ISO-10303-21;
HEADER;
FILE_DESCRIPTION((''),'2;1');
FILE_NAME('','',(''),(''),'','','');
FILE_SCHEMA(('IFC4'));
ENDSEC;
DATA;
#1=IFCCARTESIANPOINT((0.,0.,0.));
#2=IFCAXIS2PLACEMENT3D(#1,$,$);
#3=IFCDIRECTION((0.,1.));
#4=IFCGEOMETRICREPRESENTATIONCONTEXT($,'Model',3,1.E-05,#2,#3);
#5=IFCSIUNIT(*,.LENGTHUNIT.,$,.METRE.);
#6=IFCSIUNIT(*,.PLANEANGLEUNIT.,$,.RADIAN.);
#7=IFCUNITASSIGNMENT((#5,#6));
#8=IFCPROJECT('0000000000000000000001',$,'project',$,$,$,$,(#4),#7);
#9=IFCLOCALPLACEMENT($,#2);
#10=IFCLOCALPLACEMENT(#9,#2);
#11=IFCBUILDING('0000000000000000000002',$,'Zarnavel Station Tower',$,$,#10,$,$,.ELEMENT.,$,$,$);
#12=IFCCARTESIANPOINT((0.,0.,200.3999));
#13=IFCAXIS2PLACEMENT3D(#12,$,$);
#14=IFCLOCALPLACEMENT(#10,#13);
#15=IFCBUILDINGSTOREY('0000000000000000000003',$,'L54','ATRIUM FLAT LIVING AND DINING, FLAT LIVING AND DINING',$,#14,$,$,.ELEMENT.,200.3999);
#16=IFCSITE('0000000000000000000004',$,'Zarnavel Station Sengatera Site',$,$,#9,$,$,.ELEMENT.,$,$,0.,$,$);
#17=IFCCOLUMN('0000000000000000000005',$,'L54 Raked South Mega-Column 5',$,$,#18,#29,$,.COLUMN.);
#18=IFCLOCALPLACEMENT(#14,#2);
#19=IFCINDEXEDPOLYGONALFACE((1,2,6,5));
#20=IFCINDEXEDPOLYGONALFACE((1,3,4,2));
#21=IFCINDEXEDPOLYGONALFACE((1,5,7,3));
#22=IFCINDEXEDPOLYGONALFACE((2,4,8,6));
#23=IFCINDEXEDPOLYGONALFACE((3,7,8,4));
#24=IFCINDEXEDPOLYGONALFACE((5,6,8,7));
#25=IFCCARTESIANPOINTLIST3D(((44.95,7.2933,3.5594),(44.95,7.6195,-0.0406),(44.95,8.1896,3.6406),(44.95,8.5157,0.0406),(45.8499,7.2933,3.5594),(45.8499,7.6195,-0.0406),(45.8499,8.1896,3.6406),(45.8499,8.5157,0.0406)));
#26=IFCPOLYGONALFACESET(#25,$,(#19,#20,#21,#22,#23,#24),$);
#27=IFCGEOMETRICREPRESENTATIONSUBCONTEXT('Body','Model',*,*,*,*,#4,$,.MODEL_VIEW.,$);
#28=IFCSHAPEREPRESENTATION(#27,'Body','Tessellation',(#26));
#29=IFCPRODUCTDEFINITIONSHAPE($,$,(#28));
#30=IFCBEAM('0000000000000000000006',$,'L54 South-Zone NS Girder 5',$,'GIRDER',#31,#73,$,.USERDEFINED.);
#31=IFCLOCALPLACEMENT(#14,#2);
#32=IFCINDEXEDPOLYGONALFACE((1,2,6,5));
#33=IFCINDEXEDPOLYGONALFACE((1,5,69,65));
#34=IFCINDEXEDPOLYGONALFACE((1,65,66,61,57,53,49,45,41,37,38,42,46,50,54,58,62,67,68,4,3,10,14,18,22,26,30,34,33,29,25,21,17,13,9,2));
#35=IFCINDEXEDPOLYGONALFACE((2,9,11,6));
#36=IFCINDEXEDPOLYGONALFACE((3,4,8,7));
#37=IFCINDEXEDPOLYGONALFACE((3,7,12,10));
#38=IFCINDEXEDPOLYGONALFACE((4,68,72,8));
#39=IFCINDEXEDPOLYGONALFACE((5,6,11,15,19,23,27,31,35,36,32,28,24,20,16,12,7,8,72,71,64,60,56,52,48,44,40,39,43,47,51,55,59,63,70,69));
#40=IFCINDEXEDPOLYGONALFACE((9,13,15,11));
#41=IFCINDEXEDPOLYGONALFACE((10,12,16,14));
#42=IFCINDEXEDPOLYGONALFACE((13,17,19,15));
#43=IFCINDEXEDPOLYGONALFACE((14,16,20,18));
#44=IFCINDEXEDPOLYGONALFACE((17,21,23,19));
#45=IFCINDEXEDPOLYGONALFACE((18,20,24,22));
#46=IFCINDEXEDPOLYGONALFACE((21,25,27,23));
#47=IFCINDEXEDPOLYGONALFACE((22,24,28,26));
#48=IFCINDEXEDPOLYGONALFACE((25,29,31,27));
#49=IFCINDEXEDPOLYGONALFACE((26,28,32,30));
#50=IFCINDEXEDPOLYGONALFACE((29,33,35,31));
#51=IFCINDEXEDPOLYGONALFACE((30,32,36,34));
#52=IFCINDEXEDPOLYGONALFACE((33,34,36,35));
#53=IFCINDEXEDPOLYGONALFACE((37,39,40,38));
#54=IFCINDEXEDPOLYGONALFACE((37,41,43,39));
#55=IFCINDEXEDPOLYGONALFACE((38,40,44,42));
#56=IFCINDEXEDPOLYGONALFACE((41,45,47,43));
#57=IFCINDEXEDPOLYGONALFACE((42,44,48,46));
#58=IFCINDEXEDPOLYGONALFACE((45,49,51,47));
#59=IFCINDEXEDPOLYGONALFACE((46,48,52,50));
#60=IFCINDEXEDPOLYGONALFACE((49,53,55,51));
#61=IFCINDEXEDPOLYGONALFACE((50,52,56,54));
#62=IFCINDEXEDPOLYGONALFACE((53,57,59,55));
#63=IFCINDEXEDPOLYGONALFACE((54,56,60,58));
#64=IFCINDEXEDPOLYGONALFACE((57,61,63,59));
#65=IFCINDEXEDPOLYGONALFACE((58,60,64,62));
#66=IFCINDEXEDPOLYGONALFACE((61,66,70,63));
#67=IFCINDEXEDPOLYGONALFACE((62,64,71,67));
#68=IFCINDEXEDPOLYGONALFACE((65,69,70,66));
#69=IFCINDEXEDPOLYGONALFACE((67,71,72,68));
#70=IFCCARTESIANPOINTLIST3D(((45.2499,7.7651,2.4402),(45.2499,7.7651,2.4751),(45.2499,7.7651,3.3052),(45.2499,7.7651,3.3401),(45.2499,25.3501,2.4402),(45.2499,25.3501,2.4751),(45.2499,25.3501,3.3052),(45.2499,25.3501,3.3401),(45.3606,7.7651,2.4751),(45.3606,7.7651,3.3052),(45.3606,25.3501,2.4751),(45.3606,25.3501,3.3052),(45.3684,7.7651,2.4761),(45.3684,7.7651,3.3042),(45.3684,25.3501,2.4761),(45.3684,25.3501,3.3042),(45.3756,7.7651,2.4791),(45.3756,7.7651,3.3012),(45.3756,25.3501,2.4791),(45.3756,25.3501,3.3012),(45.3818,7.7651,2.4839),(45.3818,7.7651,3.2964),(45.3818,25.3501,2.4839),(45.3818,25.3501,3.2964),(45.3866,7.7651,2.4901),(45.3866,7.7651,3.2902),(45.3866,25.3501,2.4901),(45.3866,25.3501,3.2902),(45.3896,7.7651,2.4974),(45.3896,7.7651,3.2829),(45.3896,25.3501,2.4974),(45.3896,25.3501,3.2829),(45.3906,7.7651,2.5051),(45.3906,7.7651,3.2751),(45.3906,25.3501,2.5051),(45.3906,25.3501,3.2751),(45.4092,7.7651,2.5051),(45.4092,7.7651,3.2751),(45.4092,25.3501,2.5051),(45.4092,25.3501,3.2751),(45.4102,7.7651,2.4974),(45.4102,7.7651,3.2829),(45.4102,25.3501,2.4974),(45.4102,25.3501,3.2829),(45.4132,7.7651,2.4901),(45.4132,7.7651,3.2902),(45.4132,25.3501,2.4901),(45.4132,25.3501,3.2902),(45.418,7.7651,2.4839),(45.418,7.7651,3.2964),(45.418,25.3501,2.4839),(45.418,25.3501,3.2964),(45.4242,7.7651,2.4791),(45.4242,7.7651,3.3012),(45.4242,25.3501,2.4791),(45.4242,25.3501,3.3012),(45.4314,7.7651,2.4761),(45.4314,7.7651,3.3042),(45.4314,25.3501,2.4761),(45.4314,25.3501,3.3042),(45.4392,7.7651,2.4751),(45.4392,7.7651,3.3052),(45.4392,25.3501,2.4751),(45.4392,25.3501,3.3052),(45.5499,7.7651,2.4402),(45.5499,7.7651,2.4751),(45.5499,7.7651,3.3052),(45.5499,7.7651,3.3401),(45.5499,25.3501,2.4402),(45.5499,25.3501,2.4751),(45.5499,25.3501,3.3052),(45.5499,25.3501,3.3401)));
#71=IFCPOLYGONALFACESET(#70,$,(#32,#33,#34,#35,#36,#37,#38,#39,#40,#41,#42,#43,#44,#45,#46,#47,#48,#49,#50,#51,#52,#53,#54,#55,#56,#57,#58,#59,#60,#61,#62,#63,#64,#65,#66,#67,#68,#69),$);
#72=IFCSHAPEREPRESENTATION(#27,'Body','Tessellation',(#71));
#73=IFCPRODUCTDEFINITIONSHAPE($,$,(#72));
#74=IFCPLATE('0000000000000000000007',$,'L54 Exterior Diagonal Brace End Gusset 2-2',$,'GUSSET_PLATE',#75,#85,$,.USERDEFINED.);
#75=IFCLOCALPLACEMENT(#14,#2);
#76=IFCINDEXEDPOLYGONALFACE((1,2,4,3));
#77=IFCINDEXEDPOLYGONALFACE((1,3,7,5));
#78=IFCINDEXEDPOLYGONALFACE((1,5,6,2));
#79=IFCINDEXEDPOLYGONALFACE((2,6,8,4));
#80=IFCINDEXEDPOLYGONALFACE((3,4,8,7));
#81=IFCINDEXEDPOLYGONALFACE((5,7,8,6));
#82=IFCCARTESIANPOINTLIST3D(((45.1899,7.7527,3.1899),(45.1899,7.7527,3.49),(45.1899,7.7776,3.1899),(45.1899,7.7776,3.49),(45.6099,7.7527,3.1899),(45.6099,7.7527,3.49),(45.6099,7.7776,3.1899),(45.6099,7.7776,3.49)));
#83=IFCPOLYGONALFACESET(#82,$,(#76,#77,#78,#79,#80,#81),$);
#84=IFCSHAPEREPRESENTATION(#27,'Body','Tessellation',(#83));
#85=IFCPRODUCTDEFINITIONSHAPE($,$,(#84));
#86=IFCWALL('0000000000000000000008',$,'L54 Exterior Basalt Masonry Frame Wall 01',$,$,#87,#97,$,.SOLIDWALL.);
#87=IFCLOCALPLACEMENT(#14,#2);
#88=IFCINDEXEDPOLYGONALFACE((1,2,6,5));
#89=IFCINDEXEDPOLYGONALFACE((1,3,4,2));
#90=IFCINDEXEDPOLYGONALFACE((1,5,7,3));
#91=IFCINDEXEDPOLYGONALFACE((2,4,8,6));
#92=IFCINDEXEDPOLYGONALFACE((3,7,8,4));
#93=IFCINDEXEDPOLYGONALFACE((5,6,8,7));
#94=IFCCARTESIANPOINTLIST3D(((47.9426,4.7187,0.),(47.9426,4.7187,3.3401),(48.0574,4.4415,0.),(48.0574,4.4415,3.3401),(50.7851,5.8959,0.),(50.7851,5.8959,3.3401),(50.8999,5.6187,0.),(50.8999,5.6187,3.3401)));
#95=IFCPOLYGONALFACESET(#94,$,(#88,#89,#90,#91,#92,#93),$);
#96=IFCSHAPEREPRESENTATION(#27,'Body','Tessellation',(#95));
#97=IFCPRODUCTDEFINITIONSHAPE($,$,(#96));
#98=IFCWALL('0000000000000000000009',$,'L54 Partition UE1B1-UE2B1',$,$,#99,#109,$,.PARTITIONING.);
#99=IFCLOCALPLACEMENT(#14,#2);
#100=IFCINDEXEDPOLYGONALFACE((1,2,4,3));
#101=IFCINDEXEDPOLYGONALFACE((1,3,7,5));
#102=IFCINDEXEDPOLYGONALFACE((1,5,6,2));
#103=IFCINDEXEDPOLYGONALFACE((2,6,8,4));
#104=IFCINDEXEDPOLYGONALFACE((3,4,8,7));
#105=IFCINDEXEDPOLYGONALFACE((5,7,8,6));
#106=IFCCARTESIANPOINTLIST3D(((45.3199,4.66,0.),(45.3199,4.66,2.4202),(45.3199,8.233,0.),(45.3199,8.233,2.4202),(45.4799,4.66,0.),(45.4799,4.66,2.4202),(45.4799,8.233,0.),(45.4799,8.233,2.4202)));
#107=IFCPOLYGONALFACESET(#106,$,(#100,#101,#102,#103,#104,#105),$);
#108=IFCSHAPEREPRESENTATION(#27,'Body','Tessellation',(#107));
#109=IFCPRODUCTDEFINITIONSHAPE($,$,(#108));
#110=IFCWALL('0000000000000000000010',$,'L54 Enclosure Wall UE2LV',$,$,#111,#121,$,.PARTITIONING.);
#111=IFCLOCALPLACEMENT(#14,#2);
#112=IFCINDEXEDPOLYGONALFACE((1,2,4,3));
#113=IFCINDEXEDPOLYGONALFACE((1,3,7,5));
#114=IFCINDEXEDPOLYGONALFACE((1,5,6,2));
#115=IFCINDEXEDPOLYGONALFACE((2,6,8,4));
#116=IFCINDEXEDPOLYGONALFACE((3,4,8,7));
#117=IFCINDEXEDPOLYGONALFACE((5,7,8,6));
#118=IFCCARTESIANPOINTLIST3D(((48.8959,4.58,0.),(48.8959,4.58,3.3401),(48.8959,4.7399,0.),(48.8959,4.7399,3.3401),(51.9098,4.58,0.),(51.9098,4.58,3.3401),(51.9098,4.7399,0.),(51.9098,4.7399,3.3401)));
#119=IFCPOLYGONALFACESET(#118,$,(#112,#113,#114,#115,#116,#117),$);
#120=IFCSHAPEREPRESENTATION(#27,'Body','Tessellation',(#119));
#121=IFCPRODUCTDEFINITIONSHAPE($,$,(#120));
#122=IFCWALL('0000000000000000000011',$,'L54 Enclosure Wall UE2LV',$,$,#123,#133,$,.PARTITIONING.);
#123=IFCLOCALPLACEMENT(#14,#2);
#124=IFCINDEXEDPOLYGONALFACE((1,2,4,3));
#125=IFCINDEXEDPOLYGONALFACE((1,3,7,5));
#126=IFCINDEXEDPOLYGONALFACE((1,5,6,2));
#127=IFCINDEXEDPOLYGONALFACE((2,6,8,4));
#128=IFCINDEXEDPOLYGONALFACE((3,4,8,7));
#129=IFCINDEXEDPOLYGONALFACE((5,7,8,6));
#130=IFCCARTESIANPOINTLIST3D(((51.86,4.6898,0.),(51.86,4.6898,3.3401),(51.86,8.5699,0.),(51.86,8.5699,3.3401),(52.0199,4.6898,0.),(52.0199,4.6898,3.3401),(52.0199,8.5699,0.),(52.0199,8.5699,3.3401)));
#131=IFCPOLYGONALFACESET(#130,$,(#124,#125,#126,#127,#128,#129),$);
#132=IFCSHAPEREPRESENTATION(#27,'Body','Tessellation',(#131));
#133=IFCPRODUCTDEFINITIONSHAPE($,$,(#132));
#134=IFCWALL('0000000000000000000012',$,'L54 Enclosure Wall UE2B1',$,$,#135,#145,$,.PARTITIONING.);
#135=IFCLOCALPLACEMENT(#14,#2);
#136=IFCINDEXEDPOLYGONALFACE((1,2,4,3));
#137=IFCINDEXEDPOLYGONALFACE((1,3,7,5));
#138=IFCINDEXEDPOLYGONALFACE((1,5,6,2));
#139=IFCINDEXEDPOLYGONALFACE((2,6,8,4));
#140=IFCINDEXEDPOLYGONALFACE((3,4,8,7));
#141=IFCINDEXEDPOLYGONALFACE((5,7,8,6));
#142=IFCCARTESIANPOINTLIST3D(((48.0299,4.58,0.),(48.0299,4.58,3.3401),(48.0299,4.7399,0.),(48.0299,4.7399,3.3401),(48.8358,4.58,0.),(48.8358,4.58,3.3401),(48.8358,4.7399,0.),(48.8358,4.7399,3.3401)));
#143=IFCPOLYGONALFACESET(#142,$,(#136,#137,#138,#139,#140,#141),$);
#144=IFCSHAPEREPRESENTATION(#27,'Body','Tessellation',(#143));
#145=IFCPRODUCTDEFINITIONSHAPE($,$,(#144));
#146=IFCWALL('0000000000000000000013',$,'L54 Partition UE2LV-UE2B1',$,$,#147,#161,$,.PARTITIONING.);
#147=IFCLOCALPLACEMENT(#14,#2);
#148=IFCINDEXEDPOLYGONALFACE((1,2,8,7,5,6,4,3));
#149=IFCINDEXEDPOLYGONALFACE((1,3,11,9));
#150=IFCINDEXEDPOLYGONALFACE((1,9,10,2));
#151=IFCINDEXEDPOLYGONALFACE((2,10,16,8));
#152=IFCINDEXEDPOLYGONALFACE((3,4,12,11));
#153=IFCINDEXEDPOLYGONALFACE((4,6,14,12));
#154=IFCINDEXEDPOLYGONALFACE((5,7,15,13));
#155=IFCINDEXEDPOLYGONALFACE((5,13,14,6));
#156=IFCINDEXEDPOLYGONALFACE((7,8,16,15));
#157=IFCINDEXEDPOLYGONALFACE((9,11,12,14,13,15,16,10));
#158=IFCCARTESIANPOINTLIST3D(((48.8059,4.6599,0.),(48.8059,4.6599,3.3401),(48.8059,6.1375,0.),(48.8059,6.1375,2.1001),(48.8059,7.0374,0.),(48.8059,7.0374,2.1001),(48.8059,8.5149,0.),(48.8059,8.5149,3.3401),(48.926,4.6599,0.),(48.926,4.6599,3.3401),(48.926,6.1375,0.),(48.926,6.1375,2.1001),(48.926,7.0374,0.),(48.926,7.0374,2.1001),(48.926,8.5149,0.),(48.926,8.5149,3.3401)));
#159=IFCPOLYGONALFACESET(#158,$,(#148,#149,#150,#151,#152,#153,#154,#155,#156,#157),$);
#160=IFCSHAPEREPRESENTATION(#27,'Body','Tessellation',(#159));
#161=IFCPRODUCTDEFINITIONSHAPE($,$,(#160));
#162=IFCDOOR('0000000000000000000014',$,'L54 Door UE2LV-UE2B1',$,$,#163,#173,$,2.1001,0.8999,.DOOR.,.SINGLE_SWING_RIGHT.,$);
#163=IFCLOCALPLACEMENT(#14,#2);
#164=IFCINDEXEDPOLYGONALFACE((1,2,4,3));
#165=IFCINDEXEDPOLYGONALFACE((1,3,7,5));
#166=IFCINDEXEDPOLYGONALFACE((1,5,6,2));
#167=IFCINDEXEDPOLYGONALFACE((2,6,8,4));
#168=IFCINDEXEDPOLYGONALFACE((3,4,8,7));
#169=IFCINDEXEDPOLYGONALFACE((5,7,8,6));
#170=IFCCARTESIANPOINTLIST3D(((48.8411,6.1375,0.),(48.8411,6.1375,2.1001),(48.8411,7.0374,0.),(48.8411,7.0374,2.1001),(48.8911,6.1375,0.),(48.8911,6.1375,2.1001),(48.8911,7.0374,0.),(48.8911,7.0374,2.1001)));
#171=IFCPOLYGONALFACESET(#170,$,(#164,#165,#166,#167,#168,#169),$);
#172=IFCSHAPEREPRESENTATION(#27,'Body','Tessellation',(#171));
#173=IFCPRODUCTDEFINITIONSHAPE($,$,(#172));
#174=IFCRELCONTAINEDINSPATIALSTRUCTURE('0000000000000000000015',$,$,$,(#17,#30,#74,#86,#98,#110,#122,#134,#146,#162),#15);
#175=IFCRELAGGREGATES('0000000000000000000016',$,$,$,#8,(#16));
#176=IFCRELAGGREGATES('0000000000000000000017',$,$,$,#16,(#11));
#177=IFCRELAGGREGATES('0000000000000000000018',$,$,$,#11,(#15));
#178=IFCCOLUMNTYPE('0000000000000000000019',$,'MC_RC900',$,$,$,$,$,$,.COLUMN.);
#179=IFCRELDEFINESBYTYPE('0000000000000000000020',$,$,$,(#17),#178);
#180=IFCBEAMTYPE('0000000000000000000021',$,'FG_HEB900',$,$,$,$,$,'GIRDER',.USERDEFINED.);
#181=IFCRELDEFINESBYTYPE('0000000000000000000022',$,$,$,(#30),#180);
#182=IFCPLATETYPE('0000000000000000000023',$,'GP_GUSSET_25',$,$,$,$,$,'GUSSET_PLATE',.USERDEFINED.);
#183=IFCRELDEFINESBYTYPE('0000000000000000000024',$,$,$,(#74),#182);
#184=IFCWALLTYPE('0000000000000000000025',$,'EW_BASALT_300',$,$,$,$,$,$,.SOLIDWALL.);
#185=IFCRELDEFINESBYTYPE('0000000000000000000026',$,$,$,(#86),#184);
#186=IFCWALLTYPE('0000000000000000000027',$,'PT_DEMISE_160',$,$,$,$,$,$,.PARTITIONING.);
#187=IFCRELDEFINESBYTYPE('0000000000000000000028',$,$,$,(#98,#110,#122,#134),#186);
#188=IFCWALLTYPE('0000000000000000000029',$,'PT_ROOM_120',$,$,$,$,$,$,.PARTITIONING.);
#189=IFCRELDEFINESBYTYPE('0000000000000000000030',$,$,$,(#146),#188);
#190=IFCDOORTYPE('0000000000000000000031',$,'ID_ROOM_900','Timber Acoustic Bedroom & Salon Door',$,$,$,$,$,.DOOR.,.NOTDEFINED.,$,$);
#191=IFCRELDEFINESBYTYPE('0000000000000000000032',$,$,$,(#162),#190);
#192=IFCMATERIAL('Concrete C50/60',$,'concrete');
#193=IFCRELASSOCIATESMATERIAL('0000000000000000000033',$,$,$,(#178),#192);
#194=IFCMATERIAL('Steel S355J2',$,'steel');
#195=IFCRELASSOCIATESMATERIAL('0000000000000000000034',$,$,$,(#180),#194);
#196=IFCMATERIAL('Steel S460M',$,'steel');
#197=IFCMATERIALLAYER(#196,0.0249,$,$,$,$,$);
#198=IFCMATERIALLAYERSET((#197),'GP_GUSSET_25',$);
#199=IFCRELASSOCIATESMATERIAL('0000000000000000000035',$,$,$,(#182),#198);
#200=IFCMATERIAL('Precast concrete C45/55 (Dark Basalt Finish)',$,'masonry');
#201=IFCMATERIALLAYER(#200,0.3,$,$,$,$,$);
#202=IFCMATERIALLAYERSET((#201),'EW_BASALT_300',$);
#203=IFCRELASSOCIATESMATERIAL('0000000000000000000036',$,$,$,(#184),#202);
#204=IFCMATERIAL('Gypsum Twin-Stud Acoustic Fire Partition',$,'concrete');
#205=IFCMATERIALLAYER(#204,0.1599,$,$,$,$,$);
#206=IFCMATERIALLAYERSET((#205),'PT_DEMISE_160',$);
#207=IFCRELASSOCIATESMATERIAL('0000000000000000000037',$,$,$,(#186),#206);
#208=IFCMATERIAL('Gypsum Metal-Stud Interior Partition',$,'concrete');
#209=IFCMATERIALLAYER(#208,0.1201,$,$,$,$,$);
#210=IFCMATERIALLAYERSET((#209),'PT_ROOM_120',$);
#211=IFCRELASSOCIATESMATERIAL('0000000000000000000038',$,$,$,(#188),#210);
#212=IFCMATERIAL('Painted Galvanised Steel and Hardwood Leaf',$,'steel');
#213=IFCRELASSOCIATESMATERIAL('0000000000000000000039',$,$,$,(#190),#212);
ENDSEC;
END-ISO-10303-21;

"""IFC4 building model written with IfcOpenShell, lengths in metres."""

from ifc_helpers import new_model, si_unit, direction, frame, frame_2d, origin, origin_2d, place, context, subcontext, project, spatial, rectangle, i_section, extrude, material, layer, layer_set, material_profile, profile_set, type_object, element, fill, save


model = new_model("IFC4")

# Units and contexts
model_context = context("Model", 3, precision=1e-05, world=origin(), true_north=direction((0.0, 1.0)))
body_context = subcontext(model_context, "Body", "Model", "MODEL_VIEW")
ifc_project = project(units=[si_unit("LENGTHUNIT", "METRE"), si_unit("PLANEANGLEUNIT", "RADIAN")], contexts=[model_context])

# Site, building, storey
site_placement = place(None, origin())
site = spatial("IfcSite", under=ifc_project, at=site_placement, Name="Zarnavel Station Sengatera Site", CompositionType="ELEMENT", RefElevation=0.0)
building_placement = place(site_placement, origin())
building = spatial("IfcBuilding", under=site, at=building_placement, Name="Zarnavel Station Tower", CompositionType="ELEMENT")
storey_placement = place(building_placement, frame((0.0, 0.0, 200.3999)))
storey = spatial("IfcBuildingStorey", under=building, at=storey_placement, Name="L54", Description="ATRIUM FLAT LIVING AND DINING, FLAT LIVING AND DINING", CompositionType="ELEMENT", Elevation=200.3999)

# Column
ifc_material_1 = material(Name="Concrete C50/60", Category="concrete")
ifc_material_profile_1 = material_profile(ifc_material_1, rectangle(XDim=0.8999, YDim=0.8999, at=origin_2d()), Name="RC900x900")
ifc_profile_set_1 = profile_set([ifc_material_profile_1], Name="Concrete C50/60")
column_type = type_object("IfcColumnType", Name="MC_RC900", PredefinedType="COLUMN", material=ifc_profile_set_1)
column_placement = place(storey_placement, frame((45.3999, 8.0676, 0.0), z_axis=(0.0, -0.090231, 0.995921), x_axis=(1.0, 0.0, 0.0)))
element("IfcColumn", 1, at=column_placement, inside=storey, type_object=column_type, Name="L54 Raked South Mega-Column 5", PredefinedType="COLUMN", context=body_context, shape_type="SweptSolid", body=[
    extrude(rectangle(XDim=0.8999, YDim=0.8999, at=origin_2d()), origin(), (0.0, 0.0, 1.0), 3.6147),
])

# Beam
ifc_material_2 = material(Name="Steel S355J2", Category="steel")
ifc_material_profile_2 = material_profile(ifc_material_2, i_section(OverallWidth=0.3, OverallDepth=0.8999, WebThickness=0.0186, FlangeThickness=0.0349, FilletRadius=0.03, at=origin_2d()), Name="HEB900")
ifc_profile_set_2 = profile_set([ifc_material_profile_2], Name="Steel S355J2")
beam_type = type_object("IfcBeamType", Name="FG_HEB900", ElementType="GIRDER", PredefinedType="USERDEFINED", material=ifc_profile_set_2)
beam_placement = place(storey_placement, frame((45.3999, 7.7651, 2.8901), z_axis=(0.0, 1.0, 0.0), x_axis=(-1.0, 0.0, 0.0)))
element("IfcBeam", 2, at=beam_placement, inside=storey, type_object=beam_type, Name="L54 South-Zone NS Girder 5", ObjectType="GIRDER", PredefinedType="USERDEFINED", context=body_context, shape_type="SweptSolid", body=[
    extrude(i_section(OverallWidth=0.3, OverallDepth=0.8999, WebThickness=0.0186, FlangeThickness=0.0349, FilletRadius=0.03, at=origin_2d()), origin(), (0.0, 0.0, 1.0), 17.585),
])

# Plate
ifc_material_3 = material(Name="Steel S460M", Category="steel")
ifc_layer_1 = layer(ifc_material_3, 0.0249)
ifc_layer_set_1 = layer_set([ifc_layer_1], Name="GP_GUSSET_25")
plate_type = type_object("IfcPlateType", Name="GP_GUSSET_25", ElementType="GUSSET_PLATE", PredefinedType="USERDEFINED", material=ifc_layer_set_1)
plate_placement = place(storey_placement, frame((45.3999, 7.7651, 3.1899), z_axis=(0.0, 0.0, 1.0), x_axis=(1.0, 0.0, 0.0)))
element("IfcPlate", 3, at=plate_placement, inside=storey, type_object=plate_type, Name="L54 Exterior Diagonal Brace End Gusset 2-2", ObjectType="GUSSET_PLATE", PredefinedType="USERDEFINED", context=body_context, shape_type="SweptSolid", body=[
    extrude(rectangle(XDim=0.4199, YDim=0.0249, at=origin_2d()), origin(), (0.0, 0.0, 1.0), 0.3),
])

# Wall
ifc_material_4 = material(Name="Precast concrete C45/55 (Dark Basalt Finish)", Category="masonry")
ifc_layer_2 = layer(ifc_material_4, 0.3)
ifc_layer_set_2 = layer_set([ifc_layer_2], Name="EW_BASALT_300")
wall_type_1 = type_object("IfcWallType", Name="EW_BASALT_300", PredefinedType="SOLIDWALL", material=ifc_layer_set_2)
wall_1_placement = place(storey_placement, frame((50.8425, 5.7573, 0.0), z_axis=(0.0, 0.0, 1.0), x_axis=(-0.923899, -0.382637, 0.0)))
element("IfcWall", 4, at=wall_1_placement, inside=storey, type_object=wall_type_1, Name="L54 Exterior Basalt Masonry Frame Wall 01", PredefinedType="SOLIDWALL", context=body_context, shape_type="SweptSolid", body=[
    extrude(rectangle(XDim=3.0767, YDim=0.3, at=frame_2d((1.5383, 0.0))), origin(), (0.0, 0.0, 1.0), 3.3401),
])

# Walls
ifc_material_5 = material(Name="Gypsum Twin-Stud Acoustic Fire Partition", Category="concrete")
ifc_layer_3 = layer(ifc_material_5, 0.1599)
ifc_layer_set_3 = layer_set([ifc_layer_3], Name="PT_DEMISE_160")
wall_type_2 = type_object("IfcWallType", Name="PT_DEMISE_160", PredefinedType="PARTITIONING", material=ifc_layer_set_3)
wall_2_placement = place(storey_placement, frame((45.3999, 4.6599, 0.0), z_axis=(0.0, 0.0, 1.0), x_axis=(0.0, 1.0, 0.0)))
element("IfcWall", 5, at=wall_2_placement, inside=storey, type_object=wall_type_2, Name="L54 Partition UE1B1-UE2B1", PredefinedType="PARTITIONING", context=body_context, shape_type="SweptSolid", body=[
    extrude(rectangle(XDim=3.573, YDim=0.1599, at=frame_2d((1.7866, 0.0))), origin(), (0.0, 0.0, 1.0), 2.4202),
])
wall_3_placement = place(storey_placement, frame((48.896, 4.6599, 0.0), z_axis=(0.0, 0.0, 1.0), x_axis=(1.0, 0.0, 0.0)))
element("IfcWall", 6, at=wall_3_placement, inside=storey, type_object=wall_type_2, Name="L54 Enclosure Wall UE2LV", PredefinedType="PARTITIONING", context=body_context, shape_type="SweptSolid", body=[
    extrude(rectangle(XDim=3.0139, YDim=0.1599, at=frame_2d((1.5068, 0.0))), origin(), (0.0, 0.0, 1.0), 3.3401),
])
wall_4_placement = place(storey_placement, frame((51.9399, 4.6899, 0.0), z_axis=(0.0, 0.0, 1.0), x_axis=(0.0, 1.0, 0.0)))
element("IfcWall", 7, at=wall_4_placement, inside=storey, type_object=wall_type_2, Name="L54 Enclosure Wall UE2LV", PredefinedType="PARTITIONING", context=body_context, shape_type="SweptSolid", body=[
    extrude(rectangle(XDim=3.8801, YDim=0.1599, at=frame_2d((1.9399, 0.0))), origin(), (0.0, 0.0, 1.0), 3.3401),
])
wall_5_placement = place(storey_placement, frame((48.03, 4.6599, 0.0), z_axis=(0.0, 0.0, 1.0), x_axis=(1.0, 0.0, 0.0)))
element("IfcWall", 8, at=wall_5_placement, inside=storey, type_object=wall_type_2, Name="L54 Enclosure Wall UE2B1", PredefinedType="PARTITIONING", context=body_context, shape_type="SweptSolid", body=[
    extrude(rectangle(XDim=0.8059, YDim=0.1599, at=frame_2d((0.4028, 0.0))), origin(), (0.0, 0.0, 1.0), 3.3401),
])

# Wall, opening, door
ifc_material_6 = material(Name="Gypsum Metal-Stud Interior Partition", Category="concrete")
ifc_layer_4 = layer(ifc_material_6, 0.1201)
ifc_layer_set_4 = layer_set([ifc_layer_4], Name="PT_ROOM_120")
wall_type_3 = type_object("IfcWallType", Name="PT_ROOM_120", PredefinedType="PARTITIONING", material=ifc_layer_set_4)
wall_6_placement = place(storey_placement, frame((48.866, 4.6599, 0.0), z_axis=(0.0, 0.0, 1.0), x_axis=(0.0, 1.0, 0.0)))
wall_6 = element("IfcWall", 9, at=wall_6_placement, inside=storey, type_object=wall_type_3, Name="L54 Partition UE2LV-UE2B1", PredefinedType="PARTITIONING", context=body_context, shape_type="SweptSolid", body=[
    extrude(rectangle(XDim=3.855, YDim=0.1201, at=frame_2d((1.9275, 0.0))), origin(), (0.0, 0.0, 1.0), 3.3401),
])
opening_1_placement = place(wall_6_placement, frame((1.4775, 0.0, 0.0)))
opening_1 = element("IfcOpeningElement", 10, at=opening_1_placement, cuts=wall_6, PredefinedType="OPENING", context=body_context, shape_type="SweptSolid", body=[
    extrude(rectangle(XDim=0.8999, YDim=2.1001, at=frame_2d((0.45, 1.05))), frame((0.0, 0.0701, 0.0), z_axis=(0.0, -1.0, 0.0), x_axis=(1.0, 0.0, 0.0)), (0.0, 0.0, 1.0), 0.1401),
])
ifc_material_7 = material(Name="Painted Galvanised Steel and Hardwood Leaf", Category="steel")
door_type = type_object("IfcDoorType", Name="ID_ROOM_900", Description="Timber Acoustic Bedroom & Salon Door", OperationType="NOTDEFINED", PredefinedType="DOOR", material=ifc_material_7)
door_placement = place(opening_1_placement, origin())
door = element("IfcDoor", 11, at=door_placement, inside=storey, type_object=door_type, Name="L54 Door UE2LV-UE2B1", OperationType="SINGLE_SWING_RIGHT", OverallHeight=2.1001, OverallWidth=0.8999, PredefinedType="DOOR", context=body_context, shape_type="SweptSolid", body=[
    extrude(rectangle(XDim=0.8999, YDim=2.1001, at=frame_2d((0.45, 1.05))), frame((0.0, 0.0249, 0.0), z_axis=(0.0, -1.0, 0.0), x_axis=(1.0, 0.0, 0.0)), (0.0, 0.0, 1.0), 0.05),
])
fill(opening_1, door)

save(model, "model.ifc")
